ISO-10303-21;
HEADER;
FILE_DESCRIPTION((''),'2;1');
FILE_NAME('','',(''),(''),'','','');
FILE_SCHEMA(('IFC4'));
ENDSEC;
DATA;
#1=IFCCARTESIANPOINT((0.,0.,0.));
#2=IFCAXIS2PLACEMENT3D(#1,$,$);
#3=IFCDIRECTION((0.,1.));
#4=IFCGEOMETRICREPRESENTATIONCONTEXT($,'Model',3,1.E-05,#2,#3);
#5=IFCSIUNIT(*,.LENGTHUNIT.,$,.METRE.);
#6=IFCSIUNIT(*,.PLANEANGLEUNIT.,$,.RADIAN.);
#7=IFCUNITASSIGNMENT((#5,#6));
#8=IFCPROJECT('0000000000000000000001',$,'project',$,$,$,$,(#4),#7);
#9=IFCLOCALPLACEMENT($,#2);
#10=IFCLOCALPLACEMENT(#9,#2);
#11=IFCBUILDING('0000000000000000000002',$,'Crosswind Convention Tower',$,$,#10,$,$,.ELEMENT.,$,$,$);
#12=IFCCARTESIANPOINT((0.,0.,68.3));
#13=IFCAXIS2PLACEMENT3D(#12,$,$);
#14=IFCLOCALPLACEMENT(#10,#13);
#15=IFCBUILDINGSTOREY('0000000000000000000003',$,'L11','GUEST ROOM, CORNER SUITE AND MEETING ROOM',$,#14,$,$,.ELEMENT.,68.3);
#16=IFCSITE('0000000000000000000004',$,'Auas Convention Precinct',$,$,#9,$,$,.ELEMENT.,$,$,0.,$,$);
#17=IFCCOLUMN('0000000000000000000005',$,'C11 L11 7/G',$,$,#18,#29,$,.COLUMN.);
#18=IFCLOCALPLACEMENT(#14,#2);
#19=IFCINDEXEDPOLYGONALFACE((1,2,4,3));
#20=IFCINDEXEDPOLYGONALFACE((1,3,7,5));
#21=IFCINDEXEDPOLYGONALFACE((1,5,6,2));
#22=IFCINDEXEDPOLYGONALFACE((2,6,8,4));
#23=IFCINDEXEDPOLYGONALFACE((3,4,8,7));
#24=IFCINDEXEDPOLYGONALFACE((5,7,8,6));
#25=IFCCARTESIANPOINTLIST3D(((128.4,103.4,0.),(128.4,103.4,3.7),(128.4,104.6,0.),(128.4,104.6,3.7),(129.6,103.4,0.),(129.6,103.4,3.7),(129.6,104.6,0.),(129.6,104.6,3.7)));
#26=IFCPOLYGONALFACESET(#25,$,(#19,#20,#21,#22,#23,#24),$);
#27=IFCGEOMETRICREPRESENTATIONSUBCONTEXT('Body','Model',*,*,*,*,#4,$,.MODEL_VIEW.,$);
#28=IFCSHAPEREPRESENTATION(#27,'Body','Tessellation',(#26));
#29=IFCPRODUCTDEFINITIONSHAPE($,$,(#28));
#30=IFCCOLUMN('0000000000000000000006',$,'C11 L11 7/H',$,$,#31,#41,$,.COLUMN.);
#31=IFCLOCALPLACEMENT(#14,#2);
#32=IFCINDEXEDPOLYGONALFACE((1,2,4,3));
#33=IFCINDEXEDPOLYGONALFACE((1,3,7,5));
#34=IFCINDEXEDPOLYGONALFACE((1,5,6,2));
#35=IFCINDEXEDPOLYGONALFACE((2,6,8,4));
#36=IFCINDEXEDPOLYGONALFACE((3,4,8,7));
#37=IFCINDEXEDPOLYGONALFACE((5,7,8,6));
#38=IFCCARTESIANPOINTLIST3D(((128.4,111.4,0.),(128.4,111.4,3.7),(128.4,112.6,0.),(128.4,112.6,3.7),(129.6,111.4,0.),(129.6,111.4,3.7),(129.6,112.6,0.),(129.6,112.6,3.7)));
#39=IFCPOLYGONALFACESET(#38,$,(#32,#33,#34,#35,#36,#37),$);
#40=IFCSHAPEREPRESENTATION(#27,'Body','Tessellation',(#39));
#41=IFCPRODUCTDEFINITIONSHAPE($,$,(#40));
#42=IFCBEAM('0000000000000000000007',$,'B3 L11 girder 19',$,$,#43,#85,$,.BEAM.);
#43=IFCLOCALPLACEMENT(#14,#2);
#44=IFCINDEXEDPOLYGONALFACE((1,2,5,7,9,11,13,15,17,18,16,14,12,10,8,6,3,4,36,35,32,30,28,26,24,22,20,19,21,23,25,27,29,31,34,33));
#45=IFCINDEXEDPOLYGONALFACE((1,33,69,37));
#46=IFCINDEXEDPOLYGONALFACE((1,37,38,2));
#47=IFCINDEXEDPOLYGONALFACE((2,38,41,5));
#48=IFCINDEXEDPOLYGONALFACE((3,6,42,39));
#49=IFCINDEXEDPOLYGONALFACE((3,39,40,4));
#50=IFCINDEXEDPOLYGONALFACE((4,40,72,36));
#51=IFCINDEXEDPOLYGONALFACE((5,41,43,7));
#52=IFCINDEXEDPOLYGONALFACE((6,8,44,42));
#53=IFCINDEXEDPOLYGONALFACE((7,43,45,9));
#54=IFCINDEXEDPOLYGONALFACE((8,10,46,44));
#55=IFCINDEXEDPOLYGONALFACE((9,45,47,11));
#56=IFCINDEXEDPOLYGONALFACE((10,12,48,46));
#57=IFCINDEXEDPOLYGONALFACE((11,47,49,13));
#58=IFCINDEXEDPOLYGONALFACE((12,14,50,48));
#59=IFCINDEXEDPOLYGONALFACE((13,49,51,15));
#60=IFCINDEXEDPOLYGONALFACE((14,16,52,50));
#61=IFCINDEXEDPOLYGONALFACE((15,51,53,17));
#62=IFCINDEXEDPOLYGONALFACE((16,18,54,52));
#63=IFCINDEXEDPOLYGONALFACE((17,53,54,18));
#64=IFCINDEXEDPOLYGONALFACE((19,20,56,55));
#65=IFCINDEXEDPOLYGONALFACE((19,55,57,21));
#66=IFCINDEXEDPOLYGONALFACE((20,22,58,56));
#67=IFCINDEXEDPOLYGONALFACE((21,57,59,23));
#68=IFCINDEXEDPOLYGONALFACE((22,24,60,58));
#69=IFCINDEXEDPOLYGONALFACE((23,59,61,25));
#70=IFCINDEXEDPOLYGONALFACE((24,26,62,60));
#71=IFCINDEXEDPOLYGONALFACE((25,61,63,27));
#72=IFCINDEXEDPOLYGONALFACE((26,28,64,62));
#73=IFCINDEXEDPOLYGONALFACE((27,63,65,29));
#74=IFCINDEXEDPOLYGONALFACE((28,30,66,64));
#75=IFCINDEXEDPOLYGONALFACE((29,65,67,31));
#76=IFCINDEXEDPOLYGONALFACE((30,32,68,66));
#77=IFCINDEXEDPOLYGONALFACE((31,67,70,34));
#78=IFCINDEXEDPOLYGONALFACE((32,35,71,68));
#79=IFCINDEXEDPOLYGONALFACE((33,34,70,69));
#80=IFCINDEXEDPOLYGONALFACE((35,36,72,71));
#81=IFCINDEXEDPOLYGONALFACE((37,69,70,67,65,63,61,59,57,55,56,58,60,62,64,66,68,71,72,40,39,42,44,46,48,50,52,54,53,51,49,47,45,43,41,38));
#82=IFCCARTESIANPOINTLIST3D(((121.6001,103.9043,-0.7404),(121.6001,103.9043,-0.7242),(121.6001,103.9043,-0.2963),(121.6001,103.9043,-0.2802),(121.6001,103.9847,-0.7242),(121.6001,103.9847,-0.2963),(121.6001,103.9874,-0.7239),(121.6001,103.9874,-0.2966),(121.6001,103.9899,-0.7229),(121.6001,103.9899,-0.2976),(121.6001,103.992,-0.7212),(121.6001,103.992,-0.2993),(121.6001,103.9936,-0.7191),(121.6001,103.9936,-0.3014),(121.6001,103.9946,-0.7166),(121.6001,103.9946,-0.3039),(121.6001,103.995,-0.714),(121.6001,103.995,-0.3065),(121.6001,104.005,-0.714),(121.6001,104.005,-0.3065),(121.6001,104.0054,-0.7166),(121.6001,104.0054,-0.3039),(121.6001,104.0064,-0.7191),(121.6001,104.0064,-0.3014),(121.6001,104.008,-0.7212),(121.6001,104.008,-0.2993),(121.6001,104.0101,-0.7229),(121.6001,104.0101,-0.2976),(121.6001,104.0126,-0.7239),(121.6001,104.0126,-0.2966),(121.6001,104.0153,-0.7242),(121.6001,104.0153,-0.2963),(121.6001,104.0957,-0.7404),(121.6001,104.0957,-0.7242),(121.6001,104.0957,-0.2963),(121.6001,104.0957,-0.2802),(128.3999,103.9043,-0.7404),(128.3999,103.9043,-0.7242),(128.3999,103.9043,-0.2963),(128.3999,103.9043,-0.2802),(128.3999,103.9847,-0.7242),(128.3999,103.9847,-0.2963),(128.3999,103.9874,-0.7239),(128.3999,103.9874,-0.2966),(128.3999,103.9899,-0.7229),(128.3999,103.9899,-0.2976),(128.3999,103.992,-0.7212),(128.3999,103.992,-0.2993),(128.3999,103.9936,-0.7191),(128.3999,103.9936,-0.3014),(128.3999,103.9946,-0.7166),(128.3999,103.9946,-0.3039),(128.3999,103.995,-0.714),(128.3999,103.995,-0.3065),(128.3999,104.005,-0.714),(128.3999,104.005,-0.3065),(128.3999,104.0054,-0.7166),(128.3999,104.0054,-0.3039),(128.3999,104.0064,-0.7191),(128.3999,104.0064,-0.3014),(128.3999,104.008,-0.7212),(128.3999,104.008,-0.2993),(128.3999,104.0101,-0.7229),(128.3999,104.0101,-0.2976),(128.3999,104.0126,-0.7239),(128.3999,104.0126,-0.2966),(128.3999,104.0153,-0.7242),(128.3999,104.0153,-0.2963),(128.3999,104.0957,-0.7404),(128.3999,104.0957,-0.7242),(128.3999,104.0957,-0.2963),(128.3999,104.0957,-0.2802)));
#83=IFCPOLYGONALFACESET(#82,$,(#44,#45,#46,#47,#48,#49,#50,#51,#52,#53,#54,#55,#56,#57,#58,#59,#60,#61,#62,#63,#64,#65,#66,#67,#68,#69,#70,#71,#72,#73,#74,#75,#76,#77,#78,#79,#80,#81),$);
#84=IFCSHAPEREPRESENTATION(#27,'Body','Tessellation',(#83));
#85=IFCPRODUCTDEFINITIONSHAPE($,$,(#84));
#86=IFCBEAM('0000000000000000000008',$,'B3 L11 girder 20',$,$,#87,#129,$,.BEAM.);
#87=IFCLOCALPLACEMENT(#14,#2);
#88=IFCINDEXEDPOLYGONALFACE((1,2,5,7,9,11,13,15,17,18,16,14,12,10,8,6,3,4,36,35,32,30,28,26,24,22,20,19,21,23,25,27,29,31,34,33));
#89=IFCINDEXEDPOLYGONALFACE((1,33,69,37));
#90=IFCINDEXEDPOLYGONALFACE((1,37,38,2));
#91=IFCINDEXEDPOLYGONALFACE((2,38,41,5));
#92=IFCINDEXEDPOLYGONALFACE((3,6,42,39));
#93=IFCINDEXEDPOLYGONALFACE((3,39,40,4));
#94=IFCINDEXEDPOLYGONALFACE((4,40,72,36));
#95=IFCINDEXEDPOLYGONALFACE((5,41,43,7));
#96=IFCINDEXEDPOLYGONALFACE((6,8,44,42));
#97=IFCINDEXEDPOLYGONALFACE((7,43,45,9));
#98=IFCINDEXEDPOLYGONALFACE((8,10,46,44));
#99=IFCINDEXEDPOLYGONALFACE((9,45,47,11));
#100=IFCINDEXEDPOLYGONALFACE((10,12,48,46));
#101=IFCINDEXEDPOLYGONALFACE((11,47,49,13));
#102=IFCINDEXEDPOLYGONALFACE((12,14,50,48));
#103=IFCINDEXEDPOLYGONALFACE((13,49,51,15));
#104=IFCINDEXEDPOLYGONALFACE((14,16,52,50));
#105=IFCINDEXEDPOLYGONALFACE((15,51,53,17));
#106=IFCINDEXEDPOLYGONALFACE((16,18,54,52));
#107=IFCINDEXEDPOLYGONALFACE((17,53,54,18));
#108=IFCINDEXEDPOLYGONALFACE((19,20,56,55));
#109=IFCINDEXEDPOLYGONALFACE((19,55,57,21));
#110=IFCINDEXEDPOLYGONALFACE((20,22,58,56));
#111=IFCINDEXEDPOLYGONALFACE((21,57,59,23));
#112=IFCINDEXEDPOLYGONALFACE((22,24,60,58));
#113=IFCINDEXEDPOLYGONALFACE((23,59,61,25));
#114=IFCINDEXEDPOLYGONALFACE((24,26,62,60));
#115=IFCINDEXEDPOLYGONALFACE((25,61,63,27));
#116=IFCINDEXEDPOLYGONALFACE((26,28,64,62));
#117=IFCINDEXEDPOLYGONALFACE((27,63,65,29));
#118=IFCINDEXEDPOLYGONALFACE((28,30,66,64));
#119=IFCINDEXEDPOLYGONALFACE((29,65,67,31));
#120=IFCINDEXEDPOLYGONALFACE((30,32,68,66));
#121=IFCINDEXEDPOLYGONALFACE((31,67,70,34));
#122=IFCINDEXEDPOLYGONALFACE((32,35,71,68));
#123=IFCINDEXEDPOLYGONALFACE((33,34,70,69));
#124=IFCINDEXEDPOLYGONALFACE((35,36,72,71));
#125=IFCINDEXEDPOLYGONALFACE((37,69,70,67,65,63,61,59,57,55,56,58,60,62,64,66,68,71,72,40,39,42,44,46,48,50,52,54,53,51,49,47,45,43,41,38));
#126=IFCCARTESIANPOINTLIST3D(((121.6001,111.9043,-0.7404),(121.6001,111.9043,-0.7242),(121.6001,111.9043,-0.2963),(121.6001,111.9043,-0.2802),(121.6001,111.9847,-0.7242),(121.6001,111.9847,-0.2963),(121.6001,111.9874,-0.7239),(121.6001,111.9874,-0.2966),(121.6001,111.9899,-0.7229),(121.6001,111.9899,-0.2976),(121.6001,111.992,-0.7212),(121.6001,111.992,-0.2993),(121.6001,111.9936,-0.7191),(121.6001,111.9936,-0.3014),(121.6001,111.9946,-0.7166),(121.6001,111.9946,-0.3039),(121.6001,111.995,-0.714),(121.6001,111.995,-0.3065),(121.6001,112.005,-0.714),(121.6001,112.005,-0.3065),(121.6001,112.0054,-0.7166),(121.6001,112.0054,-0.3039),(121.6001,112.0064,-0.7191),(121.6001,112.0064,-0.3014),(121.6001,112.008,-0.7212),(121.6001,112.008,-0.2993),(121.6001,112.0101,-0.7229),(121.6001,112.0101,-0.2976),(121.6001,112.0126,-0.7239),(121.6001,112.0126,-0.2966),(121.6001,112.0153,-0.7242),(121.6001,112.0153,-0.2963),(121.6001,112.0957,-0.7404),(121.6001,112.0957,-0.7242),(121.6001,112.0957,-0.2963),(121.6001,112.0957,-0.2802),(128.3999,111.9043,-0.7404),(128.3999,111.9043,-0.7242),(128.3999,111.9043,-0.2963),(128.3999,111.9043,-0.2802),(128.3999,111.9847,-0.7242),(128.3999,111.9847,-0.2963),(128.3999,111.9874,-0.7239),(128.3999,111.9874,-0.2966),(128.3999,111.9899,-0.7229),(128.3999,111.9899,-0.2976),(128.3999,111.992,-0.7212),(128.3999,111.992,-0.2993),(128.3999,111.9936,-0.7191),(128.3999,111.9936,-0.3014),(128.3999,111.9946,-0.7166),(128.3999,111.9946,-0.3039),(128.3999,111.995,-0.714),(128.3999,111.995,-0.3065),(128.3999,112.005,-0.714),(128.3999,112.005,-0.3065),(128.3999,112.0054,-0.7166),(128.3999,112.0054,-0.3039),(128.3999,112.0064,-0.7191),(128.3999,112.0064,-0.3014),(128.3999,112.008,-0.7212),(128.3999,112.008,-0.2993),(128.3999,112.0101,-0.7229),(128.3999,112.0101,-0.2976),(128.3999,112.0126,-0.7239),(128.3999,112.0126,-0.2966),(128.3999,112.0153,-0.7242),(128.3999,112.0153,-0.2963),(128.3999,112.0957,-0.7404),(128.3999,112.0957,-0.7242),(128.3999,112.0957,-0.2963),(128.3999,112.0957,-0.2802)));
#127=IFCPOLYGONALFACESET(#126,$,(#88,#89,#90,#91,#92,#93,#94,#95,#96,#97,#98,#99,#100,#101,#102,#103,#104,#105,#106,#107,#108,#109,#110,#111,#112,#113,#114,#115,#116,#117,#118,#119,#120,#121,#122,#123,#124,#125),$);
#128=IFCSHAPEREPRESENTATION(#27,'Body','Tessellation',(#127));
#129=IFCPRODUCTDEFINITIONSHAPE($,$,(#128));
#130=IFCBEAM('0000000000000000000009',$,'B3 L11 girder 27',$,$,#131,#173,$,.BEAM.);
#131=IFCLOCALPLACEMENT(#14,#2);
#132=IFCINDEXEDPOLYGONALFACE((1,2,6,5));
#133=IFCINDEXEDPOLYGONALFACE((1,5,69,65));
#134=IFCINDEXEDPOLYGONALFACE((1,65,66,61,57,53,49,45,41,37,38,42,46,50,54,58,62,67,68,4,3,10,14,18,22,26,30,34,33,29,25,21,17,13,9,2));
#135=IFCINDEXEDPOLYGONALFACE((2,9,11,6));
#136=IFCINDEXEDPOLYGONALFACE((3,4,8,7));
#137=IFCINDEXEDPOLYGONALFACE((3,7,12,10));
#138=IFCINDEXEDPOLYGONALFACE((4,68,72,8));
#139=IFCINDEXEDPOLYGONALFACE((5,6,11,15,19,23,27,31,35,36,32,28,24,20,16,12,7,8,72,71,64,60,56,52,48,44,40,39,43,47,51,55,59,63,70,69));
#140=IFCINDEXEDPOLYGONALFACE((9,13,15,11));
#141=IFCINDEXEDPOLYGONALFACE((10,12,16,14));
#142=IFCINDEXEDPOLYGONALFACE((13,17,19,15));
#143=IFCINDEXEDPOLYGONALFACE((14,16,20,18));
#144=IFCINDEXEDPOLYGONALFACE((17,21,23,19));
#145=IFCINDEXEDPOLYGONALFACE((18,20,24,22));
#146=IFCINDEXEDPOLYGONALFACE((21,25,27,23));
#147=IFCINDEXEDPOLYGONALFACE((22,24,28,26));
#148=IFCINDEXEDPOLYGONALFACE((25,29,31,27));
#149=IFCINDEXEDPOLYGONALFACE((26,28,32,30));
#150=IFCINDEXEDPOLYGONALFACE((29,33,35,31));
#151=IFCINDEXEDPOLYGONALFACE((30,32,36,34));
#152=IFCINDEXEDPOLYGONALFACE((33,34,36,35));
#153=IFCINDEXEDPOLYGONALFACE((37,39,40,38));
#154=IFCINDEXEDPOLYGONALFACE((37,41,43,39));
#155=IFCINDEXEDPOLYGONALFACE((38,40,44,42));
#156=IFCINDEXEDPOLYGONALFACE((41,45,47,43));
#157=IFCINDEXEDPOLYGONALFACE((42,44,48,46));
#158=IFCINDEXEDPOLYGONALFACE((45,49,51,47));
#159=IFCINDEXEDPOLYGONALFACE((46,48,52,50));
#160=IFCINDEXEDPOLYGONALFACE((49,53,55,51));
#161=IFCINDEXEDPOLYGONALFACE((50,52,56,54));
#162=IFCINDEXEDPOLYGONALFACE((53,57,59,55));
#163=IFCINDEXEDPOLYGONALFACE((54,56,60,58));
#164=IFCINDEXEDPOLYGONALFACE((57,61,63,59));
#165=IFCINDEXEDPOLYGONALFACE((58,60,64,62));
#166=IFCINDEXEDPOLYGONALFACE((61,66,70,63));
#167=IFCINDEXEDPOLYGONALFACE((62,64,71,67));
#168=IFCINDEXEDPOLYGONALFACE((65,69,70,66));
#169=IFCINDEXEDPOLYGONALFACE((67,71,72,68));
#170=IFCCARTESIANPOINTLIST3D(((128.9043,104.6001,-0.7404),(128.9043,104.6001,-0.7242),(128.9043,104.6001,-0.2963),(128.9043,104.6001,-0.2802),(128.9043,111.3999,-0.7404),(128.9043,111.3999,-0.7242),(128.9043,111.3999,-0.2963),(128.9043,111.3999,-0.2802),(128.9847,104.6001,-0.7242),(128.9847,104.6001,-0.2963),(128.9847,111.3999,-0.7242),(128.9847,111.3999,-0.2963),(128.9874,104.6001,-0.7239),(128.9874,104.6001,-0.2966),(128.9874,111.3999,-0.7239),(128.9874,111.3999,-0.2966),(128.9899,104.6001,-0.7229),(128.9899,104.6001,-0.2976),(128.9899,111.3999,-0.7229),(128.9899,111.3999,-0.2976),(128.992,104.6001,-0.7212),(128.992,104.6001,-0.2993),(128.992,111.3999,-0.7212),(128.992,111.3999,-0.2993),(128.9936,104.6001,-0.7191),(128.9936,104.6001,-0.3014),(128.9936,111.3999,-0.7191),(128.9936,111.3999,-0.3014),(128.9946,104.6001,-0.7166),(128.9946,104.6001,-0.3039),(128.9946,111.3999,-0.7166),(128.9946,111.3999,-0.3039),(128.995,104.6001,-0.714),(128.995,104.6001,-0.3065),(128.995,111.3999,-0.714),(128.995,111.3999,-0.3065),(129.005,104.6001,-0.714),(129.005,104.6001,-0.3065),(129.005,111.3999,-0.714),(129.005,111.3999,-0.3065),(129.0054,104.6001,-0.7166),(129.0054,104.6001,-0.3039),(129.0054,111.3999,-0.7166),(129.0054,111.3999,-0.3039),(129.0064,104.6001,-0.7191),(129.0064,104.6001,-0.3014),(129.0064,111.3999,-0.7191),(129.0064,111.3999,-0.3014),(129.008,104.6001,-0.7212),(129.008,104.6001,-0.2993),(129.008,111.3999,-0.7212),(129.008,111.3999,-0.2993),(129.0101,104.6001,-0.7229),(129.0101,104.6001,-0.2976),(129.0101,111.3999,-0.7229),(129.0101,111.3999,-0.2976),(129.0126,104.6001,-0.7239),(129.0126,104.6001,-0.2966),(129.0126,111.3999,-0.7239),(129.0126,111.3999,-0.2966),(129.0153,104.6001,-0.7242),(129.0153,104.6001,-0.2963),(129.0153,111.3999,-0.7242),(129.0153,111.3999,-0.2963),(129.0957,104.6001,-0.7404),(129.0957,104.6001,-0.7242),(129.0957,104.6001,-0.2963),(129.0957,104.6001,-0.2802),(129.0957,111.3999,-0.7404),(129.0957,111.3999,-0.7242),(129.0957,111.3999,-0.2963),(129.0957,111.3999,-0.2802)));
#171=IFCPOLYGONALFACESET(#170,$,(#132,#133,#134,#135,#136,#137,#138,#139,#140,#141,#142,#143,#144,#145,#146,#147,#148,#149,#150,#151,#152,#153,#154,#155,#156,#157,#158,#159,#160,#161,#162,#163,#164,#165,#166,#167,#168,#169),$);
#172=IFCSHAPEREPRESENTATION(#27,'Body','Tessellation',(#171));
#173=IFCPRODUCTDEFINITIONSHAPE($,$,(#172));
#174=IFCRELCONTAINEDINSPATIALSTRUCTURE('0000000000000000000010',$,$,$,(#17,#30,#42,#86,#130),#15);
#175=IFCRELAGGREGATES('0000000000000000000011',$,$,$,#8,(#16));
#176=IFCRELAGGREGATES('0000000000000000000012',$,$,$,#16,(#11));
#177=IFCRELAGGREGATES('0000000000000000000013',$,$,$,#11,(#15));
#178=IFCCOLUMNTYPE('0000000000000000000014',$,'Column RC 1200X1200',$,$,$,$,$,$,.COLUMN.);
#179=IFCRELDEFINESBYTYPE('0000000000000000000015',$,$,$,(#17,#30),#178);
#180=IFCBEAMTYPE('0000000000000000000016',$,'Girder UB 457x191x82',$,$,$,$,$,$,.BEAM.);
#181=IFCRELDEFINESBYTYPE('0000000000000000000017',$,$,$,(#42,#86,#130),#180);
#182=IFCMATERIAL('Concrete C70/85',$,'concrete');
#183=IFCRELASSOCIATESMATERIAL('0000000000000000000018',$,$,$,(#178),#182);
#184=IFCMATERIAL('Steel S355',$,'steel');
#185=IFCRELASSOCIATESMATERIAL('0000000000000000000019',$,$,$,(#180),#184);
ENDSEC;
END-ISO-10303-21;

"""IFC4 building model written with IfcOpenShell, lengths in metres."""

from ifc_helpers import new_model, si_unit, direction, frame, origin, origin_2d, place, context, subcontext, project, spatial, rectangle, i_section, extrude, material, material_profile, profile_set, type_object, element, save


model = new_model("IFC4")

# Units and contexts
model_context = context("Model", 3, precision=1e-05, world=origin(), true_north=direction((0.0, 1.0)))
body_context = subcontext(model_context, "Body", "Model", "MODEL_VIEW")
ifc_project = project(units=[si_unit("LENGTHUNIT", "METRE"), si_unit("PLANEANGLEUNIT", "RADIAN")], contexts=[model_context])

# Site, building, storey
site_placement = place(None, origin())
site = spatial("IfcSite", under=ifc_project, at=site_placement, Name="Auas Convention Precinct", CompositionType="ELEMENT", RefElevation=0.0)
building_placement = place(site_placement, origin())
building = spatial("IfcBuilding", under=site, at=building_placement, Name="Crosswind Convention Tower", CompositionType="ELEMENT")
storey_placement = place(building_placement, frame((0.0, 0.0, 68.3)))
storey = spatial("IfcBuildingStorey", under=building, at=storey_placement, Name="L11", Description="GUEST ROOM, CORNER SUITE AND MEETING ROOM", CompositionType="ELEMENT", Elevation=68.3)

# Columns
ifc_material_1 = material(Name="Concrete C70/85", Category="concrete")
ifc_material_profile_1 = material_profile(ifc_material_1, rectangle(XDim=1.2, YDim=1.2, at=origin_2d()), Name="RC 1200X1200")
ifc_profile_set_1 = profile_set([ifc_material_profile_1], Name="Concrete C70/85")
column_type = type_object("IfcColumnType", Name="Column RC 1200X1200", PredefinedType="COLUMN", material=ifc_profile_set_1)
for number, where, z_axis, x_axis, name in (
    (1, (129.0, 104.0, 0.0), (0.0, 0.0, 1.0), (1.0, 0.0, 0.0), "C11 L11 7/G"),
    (2, (129.0, 112.0, 0.0), (0.0, 0.0, 1.0), (1.0, 0.0, 0.0), "C11 L11 7/H"),
):
    element("IfcColumn", number, at=place(storey_placement, frame(where, z_axis=z_axis, x_axis=x_axis)), inside=storey, type_object=column_type, Name=name, PredefinedType="COLUMN", context=body_context, shape_type="SweptSolid", body=[
        extrude(rectangle(XDim=1.2, YDim=1.2, at=origin_2d()), origin(), (0.0, 0.0, 1.0), 3.7),
    ])

# Beams
ifc_material_2 = material(Name="Steel S355", Category="steel")
ifc_material_profile_2 = material_profile(ifc_material_2, i_section(OverallWidth=0.1914, OverallDepth=0.4602, WebThickness=0.01, FlangeThickness=0.0161, FilletRadius=0.0103, at=origin_2d()), Name="UB 457x191x82")
ifc_profile_set_2 = profile_set([ifc_material_profile_2], Name="Steel S355")
beam_type_1 = type_object("IfcBeamType", Name="Girder UB 457x191x82", PredefinedType="BEAM", material=ifc_profile_set_2)
for number, where, z_axis, x_axis, name in (
    (3, (121.6001, 104.0, -0.5103), (1.0, 0.0, 0.0), (0.0, 1.0, 0.0), "B3 L11 girder 19"),
    (4, (121.6001, 112.0, -0.5103), (1.0, 0.0, 0.0), (0.0, 1.0, 0.0), "B3 L11 girder 20"),
    (5, (129.0, 104.6001, -0.5103), (0.0, 1.0, 0.0), (-1.0, 0.0, 0.0), "B3 L11 girder 27"),
):
    element("IfcBeam", number, at=place(storey_placement, frame(where, z_axis=z_axis, x_axis=x_axis)), inside=storey, type_object=beam_type_1, Name=name, PredefinedType="BEAM", context=body_context, shape_type="SweptSolid", body=[
        extrude(i_section(OverallWidth=0.1914, OverallDepth=0.4602, WebThickness=0.01, FlangeThickness=0.0161, FilletRadius=0.0103, at=origin_2d()), origin(), (0.0, 0.0, 1.0), 6.7998),
    ])

save(model, "model.ifc")
